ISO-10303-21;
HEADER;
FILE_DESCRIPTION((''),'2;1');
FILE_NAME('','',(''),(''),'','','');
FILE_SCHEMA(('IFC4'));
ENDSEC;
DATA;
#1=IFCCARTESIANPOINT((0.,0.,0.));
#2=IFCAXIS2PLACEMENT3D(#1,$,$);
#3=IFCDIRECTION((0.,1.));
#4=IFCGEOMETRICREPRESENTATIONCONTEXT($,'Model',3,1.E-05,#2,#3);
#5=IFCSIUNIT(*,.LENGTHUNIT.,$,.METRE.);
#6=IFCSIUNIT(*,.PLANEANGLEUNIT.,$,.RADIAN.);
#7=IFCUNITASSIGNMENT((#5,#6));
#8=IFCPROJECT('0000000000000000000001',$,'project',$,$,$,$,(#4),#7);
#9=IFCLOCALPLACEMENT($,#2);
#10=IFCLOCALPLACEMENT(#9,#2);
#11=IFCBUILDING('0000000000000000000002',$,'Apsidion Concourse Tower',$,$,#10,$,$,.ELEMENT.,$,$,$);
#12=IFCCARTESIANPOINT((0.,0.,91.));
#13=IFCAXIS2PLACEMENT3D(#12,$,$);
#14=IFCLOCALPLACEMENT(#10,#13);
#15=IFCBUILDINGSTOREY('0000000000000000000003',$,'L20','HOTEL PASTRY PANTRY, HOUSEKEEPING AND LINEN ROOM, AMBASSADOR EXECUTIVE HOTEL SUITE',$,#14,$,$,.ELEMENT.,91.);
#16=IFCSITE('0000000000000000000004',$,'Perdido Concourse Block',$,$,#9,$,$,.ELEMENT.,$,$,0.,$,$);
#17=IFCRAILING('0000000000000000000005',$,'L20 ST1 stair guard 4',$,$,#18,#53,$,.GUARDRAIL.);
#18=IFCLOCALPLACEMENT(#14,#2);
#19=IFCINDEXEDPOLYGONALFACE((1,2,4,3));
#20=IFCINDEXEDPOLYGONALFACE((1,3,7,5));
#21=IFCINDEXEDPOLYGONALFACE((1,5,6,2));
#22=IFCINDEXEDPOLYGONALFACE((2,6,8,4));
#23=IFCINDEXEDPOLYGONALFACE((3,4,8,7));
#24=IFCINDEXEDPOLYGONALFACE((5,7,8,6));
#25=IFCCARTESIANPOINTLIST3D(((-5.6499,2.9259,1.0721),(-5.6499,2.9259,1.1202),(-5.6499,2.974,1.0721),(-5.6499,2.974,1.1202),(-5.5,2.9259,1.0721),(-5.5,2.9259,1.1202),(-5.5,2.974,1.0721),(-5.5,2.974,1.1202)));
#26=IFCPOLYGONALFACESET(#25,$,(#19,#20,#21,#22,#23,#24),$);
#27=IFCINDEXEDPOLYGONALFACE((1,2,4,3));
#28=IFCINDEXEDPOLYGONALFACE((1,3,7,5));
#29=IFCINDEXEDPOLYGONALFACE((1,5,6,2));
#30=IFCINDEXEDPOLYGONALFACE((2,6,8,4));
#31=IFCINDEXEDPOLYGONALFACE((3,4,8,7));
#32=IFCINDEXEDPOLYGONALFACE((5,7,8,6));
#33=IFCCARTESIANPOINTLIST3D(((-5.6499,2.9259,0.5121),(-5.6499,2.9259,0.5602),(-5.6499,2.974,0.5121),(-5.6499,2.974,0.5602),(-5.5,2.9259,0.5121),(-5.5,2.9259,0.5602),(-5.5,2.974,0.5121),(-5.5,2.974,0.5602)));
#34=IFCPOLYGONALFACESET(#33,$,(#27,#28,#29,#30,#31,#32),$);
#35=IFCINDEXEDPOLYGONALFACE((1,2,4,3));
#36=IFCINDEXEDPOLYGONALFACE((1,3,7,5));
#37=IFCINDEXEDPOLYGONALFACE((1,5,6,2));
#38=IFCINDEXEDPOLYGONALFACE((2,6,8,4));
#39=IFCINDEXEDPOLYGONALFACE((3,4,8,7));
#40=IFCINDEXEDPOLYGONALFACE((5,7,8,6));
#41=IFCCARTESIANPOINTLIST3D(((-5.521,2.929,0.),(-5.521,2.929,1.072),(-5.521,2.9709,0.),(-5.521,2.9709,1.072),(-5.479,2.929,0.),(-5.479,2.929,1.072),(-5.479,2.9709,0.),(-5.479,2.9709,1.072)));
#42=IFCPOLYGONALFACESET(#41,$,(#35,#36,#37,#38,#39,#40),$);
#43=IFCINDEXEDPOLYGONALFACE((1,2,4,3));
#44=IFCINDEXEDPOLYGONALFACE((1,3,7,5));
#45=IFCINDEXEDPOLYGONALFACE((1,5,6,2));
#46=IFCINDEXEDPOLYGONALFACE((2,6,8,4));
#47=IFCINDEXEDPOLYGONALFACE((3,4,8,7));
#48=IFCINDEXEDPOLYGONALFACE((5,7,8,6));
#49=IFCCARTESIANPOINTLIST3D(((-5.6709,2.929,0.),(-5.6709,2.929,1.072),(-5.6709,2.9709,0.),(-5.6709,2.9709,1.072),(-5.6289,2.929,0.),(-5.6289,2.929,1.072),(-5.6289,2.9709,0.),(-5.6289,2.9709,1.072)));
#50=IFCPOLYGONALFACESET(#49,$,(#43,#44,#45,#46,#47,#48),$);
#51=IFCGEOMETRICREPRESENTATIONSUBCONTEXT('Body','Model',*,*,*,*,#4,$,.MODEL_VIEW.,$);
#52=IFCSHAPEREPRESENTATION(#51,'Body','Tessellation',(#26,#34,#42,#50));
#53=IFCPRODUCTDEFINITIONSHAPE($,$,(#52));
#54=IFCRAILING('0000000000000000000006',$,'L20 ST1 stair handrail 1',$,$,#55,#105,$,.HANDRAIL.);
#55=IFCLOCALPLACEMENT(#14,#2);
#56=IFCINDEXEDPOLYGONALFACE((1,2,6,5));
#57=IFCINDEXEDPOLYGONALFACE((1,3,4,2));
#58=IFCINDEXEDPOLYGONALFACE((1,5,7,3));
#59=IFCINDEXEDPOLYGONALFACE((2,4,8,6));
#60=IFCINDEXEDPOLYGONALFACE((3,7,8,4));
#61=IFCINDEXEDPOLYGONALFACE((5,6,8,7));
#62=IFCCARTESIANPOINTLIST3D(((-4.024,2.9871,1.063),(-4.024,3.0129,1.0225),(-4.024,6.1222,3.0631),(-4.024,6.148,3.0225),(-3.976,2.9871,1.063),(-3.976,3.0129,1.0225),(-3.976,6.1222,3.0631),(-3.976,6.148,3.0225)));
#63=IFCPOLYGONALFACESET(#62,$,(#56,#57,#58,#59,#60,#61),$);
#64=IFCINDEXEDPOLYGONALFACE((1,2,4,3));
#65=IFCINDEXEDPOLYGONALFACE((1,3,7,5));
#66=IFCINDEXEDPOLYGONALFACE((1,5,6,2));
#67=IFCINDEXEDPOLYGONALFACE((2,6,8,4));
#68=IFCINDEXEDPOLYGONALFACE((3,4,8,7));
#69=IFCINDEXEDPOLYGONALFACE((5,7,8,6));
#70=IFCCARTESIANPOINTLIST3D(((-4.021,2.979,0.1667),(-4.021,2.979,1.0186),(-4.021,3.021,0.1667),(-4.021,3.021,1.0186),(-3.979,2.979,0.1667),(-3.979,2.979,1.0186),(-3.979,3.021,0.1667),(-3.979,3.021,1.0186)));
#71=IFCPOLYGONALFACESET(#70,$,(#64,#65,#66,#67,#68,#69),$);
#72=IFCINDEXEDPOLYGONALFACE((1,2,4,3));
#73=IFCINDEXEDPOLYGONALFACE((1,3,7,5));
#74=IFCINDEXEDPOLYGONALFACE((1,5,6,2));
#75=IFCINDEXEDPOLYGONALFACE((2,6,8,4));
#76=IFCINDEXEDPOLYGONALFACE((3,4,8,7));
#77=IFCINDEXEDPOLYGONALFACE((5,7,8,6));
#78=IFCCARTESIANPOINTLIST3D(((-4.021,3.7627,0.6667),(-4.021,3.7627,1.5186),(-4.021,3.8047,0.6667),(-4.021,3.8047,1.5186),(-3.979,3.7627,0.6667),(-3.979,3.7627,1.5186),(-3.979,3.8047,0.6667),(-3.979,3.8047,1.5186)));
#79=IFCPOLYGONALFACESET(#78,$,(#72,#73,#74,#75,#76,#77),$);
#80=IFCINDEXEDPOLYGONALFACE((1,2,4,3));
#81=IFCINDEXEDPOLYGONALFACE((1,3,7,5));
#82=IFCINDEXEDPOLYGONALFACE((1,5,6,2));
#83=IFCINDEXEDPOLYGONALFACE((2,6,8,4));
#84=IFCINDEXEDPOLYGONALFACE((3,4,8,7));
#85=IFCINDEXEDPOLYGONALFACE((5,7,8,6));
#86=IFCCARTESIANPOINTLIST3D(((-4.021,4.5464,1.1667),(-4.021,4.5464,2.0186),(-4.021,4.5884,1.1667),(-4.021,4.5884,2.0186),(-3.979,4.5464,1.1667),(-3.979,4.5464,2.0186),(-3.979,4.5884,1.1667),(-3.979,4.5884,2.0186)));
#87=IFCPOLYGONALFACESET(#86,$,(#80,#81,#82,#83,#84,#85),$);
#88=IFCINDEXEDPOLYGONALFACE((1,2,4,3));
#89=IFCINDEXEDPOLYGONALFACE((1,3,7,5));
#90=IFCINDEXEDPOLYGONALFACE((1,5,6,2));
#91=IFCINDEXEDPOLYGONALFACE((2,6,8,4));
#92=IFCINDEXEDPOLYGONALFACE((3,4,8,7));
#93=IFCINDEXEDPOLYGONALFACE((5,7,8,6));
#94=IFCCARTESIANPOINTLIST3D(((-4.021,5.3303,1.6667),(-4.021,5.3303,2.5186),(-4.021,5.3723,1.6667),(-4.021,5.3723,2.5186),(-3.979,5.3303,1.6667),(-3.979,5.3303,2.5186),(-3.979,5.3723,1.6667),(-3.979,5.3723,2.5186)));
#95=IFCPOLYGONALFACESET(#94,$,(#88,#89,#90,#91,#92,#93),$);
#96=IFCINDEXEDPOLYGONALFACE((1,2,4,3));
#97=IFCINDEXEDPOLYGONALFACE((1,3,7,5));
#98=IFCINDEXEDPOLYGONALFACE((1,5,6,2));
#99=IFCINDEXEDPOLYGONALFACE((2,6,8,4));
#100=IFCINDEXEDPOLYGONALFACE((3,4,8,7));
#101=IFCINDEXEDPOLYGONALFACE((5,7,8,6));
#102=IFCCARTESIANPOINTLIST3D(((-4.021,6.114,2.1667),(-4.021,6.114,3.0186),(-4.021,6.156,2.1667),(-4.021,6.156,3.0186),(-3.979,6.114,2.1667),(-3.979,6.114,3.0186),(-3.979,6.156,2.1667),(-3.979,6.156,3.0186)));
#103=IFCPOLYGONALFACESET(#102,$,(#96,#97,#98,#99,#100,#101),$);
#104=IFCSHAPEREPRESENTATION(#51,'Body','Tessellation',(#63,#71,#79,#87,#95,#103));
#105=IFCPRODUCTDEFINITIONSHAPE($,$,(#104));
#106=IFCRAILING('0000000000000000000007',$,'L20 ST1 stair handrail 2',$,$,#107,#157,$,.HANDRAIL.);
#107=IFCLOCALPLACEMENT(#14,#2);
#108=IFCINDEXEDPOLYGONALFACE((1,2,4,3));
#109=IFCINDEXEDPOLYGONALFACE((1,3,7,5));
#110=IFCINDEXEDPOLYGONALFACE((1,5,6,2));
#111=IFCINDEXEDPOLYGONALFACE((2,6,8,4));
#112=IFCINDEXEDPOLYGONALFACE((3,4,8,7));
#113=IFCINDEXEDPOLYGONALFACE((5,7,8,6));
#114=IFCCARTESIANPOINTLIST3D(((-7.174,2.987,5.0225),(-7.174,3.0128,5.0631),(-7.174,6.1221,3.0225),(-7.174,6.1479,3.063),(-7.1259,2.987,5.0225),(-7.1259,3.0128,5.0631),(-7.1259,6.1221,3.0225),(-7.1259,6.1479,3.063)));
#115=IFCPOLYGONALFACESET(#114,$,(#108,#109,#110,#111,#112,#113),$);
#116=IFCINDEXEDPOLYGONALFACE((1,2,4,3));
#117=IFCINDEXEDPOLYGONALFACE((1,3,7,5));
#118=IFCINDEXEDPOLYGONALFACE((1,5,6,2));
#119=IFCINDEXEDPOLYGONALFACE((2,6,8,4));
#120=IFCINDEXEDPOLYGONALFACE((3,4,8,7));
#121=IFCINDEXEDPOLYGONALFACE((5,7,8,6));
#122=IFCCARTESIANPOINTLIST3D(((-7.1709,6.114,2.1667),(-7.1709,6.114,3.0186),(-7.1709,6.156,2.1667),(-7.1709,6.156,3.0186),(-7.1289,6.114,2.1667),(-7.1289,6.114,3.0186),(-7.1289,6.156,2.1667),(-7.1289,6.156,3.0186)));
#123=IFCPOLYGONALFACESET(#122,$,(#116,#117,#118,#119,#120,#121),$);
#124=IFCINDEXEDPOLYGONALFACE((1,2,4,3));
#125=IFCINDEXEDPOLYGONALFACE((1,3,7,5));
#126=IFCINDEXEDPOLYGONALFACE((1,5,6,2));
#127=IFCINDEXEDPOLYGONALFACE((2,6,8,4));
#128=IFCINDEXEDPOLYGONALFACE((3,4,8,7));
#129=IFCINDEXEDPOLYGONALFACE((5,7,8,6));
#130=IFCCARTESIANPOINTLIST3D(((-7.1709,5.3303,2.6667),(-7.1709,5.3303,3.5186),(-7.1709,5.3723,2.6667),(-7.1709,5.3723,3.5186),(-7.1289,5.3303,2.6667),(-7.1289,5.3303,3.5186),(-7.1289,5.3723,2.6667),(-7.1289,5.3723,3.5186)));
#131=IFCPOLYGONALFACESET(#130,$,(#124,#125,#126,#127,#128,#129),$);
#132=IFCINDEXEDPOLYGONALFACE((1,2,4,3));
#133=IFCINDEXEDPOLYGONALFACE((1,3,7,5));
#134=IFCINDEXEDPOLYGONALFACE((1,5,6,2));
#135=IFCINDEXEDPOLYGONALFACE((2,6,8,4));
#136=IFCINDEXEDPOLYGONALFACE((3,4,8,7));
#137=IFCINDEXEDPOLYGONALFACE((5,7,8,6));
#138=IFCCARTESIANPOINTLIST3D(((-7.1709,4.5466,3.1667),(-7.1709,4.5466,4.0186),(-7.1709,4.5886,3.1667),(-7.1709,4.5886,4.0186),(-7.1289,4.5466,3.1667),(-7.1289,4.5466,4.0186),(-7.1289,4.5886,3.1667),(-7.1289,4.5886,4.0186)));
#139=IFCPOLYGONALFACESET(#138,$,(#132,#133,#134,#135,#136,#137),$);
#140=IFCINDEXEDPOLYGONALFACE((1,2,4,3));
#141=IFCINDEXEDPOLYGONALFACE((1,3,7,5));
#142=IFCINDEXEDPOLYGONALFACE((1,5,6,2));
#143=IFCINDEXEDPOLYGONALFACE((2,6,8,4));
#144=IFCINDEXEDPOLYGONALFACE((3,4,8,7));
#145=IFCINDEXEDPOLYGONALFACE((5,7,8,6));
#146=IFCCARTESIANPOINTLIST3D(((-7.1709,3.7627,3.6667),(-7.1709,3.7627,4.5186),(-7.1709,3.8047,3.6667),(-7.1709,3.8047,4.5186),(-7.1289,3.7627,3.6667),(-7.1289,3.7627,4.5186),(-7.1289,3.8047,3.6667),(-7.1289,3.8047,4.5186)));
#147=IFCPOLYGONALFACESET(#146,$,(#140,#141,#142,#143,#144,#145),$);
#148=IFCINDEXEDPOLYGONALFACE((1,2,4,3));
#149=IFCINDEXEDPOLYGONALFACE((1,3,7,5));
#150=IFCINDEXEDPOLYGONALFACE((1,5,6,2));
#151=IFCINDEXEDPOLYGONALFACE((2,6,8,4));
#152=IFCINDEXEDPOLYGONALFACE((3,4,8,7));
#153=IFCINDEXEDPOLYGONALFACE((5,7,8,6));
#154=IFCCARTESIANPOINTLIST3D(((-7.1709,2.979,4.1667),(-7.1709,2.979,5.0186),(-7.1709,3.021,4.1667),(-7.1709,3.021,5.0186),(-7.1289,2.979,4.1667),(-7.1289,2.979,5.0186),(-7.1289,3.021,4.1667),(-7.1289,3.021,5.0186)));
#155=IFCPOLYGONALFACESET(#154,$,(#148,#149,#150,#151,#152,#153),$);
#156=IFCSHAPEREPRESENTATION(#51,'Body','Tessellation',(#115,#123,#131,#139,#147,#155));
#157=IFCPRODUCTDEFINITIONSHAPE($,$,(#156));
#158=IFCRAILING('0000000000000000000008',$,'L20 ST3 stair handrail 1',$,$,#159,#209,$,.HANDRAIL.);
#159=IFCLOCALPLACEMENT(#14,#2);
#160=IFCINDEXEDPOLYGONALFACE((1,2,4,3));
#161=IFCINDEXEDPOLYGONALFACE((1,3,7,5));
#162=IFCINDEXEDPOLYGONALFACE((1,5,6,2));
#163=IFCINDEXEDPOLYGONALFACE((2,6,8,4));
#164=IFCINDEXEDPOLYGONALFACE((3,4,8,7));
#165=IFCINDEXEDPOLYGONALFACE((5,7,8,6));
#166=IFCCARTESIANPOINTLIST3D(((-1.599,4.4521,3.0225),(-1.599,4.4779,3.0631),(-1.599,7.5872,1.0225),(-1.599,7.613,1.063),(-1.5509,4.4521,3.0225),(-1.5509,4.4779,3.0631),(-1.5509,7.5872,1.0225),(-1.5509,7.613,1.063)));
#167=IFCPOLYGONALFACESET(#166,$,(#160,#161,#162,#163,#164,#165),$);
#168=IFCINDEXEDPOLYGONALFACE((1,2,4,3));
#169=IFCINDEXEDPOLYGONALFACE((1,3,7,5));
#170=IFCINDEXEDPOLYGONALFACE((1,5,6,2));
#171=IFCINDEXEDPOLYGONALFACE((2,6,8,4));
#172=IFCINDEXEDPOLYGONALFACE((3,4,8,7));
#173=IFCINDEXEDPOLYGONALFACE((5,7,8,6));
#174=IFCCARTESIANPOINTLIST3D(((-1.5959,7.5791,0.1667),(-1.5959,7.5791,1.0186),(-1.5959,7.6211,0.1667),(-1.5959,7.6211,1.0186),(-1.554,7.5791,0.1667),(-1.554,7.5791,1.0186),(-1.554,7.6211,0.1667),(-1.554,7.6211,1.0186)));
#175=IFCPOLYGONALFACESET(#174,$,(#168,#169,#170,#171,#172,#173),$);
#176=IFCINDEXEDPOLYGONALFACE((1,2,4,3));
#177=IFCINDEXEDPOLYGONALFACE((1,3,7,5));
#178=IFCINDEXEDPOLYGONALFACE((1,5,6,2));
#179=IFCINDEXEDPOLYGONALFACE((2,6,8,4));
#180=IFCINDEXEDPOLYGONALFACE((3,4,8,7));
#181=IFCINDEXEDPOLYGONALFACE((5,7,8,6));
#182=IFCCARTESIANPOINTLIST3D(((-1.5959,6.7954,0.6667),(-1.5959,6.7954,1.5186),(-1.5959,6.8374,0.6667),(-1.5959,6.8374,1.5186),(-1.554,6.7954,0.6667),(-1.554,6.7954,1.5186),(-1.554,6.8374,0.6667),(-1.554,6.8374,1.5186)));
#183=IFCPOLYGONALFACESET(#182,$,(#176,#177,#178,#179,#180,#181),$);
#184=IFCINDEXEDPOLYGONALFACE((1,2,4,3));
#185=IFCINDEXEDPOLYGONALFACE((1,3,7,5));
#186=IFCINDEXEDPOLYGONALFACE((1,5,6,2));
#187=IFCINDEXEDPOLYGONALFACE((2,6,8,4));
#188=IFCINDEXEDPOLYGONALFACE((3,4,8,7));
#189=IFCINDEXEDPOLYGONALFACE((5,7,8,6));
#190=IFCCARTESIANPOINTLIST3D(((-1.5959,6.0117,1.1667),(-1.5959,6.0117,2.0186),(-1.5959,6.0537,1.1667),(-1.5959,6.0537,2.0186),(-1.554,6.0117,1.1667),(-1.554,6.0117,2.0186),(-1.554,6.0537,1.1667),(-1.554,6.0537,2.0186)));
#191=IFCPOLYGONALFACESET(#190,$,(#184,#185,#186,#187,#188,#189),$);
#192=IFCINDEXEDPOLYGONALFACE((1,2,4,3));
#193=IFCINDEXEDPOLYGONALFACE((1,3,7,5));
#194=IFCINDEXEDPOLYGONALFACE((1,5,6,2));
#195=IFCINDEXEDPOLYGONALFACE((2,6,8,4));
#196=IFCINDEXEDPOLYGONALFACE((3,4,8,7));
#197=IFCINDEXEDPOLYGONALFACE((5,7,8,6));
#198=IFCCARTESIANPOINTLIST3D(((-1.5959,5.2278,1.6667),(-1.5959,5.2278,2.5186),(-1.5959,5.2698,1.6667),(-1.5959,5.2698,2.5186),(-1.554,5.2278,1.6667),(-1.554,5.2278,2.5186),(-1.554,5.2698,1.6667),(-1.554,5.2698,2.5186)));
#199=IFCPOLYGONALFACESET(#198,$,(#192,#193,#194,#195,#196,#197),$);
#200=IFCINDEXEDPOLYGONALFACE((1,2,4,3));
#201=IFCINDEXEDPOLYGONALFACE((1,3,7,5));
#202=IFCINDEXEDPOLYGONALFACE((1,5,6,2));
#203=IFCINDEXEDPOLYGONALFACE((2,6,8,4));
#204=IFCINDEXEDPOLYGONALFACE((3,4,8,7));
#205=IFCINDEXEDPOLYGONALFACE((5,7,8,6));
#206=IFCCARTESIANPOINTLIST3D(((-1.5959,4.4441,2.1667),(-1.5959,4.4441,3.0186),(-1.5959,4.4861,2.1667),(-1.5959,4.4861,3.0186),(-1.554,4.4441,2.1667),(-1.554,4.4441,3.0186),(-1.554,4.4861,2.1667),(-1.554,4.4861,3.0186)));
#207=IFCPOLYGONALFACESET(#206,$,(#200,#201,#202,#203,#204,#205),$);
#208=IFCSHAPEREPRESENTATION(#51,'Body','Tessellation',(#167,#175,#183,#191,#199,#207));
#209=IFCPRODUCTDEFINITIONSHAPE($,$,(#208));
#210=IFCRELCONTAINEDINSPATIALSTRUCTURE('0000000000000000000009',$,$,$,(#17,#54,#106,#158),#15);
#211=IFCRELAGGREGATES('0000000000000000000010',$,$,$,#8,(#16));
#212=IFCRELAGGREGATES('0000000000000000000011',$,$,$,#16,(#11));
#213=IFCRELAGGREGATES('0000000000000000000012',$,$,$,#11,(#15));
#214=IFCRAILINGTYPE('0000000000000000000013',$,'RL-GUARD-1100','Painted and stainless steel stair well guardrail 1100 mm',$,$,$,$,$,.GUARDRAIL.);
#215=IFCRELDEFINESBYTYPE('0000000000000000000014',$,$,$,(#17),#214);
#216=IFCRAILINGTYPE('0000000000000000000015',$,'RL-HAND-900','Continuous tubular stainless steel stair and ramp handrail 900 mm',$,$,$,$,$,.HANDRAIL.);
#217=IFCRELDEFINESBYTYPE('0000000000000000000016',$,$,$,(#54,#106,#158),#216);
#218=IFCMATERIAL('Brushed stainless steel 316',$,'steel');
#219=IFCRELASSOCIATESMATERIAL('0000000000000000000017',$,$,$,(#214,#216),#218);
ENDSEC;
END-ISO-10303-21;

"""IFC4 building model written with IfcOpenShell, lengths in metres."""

from ifc_helpers import new_model, si_unit, direction, frame, origin, origin_2d, place, context, subcontext, project, spatial, rectangle, extrude, material, type_object, element, save


model = new_model("IFC4")

# Units and contexts
model_context = context("Model", 3, precision=1e-05, world=origin(), true_north=direction((0.0, 1.0)))
body_context = subcontext(model_context, "Body", "Model", "MODEL_VIEW")
ifc_project = project(units=[si_unit("LENGTHUNIT", "METRE"), si_unit("PLANEANGLEUNIT", "RADIAN")], contexts=[model_context])

# Site, building, storey
site_placement = place(None, origin())
site = spatial("IfcSite", under=ifc_project, at=site_placement, Name="Perdido Concourse Block", CompositionType="ELEMENT", RefElevation=0.0)
building_placement = place(site_placement, origin())
building = spatial("IfcBuilding", under=site, at=building_placement, Name="Apsidion Concourse Tower", CompositionType="ELEMENT")
storey_placement = place(building_placement, frame((0.0, 0.0, 91.0)))
storey = spatial("IfcBuildingStorey", under=building, at=storey_placement, Name="L20", Description="HOTEL PASTRY PANTRY, HOUSEKEEPING AND LINEN ROOM, AMBASSADOR EXECUTIVE HOTEL SUITE", CompositionType="ELEMENT", Elevation=91.0)

# Shared definitions
ifc_material_1 = material(Name="Brushed stainless steel 316", Category="steel")

# Railings
railing_type_1 = type_object("IfcRailingType", Name="RL-GUARD-1100", Description="Painted and stainless steel stair well guardrail 1100 mm", PredefinedType="GUARDRAIL", material=ifc_material_1)
railing_1_placement = place(storey_placement, frame((-5.5, 2.95, 0.0)))
element("IfcRailing", 1, at=railing_1_placement, inside=storey, type_object=railing_type_1, Name="L20 ST1 stair guard 4", PredefinedType="GUARDRAIL", context=body_context, shape_type="SweptSolid", body=[
    extrude(rectangle(XDim=0.0481, YDim=0.0481, at=origin_2d()), frame((0.0, 0.0, 1.0962), z_axis=(-1.0, 0.0, 0.0), x_axis=(0.0, -1.0, 0.0)), (0.0, 0.0, 1.0), 0.1499),
    extrude(rectangle(XDim=0.0481, YDim=0.0481, at=origin_2d()), frame((0.0, 0.0, 0.5361), z_axis=(-1.0, 0.0, 0.0), x_axis=(0.0, -1.0, 0.0)), (0.0, 0.0, 1.0), 0.1499),
    extrude(rectangle(XDim=0.042, YDim=0.042, at=origin_2d()), origin(), (0.0, 0.0, 1.0), 1.072),
    extrude(rectangle(XDim=0.042, YDim=0.042, at=origin_2d()), frame((-0.1499, 0.0, 0.0)), (0.0, 0.0, 1.0), 1.072),
])
railing_type_2 = type_object("IfcRailingType", Name="RL-HAND-900", Description="Continuous tubular stainless steel stair and ramp handrail 900 mm", PredefinedType="HANDRAIL", material=ifc_material_1)
railing_2_placement = place(storey_placement, frame((-4.0, 3.0, 0.1667)))
element("IfcRailing", 2, at=railing_2_placement, inside=storey, type_object=railing_type_2, Name="L20 ST1 stair handrail 1", PredefinedType="HANDRAIL", context=body_context, shape_type="SweptSolid", body=[
    extrude(rectangle(XDim=0.0481, YDim=0.0481, at=origin_2d()), frame((0.0, 0.0, 0.876), z_axis=(0.0, 0.843053, 0.537831), x_axis=(-1.0, 0.0, 0.0)), (0.0, 0.0, 1.0), 3.7188),
    extrude(rectangle(XDim=0.042, YDim=0.042, at=origin_2d()), origin(), (0.0, 0.0, 1.0), 0.8518),
    extrude(rectangle(XDim=0.042, YDim=0.042, at=origin_2d()), frame((0.0, 0.7837, 0.5)), (0.0, 0.0, 1.0), 0.8518),
    extrude(rectangle(XDim=0.042, YDim=0.042, at=origin_2d()), frame((0.0, 1.5674, 1.0)), (0.0, 0.0, 1.0), 0.8518),
    extrude(rectangle(XDim=0.042, YDim=0.042, at=origin_2d()), frame((0.0, 2.3513, 1.5)), (0.0, 0.0, 1.0), 0.8518),
    extrude(rectangle(XDim=0.042, YDim=0.042, at=origin_2d()), frame((0.0, 3.135, 2.0)), (0.0, 0.0, 1.0), 0.8518),
])
for number, where, name in (
    (3, (-7.1499, 6.135, 2.1667), "L20 ST1 stair handrail 2"),
    (4, (-1.575, 7.6001, 0.1667), "L20 ST3 stair handrail 1"),
):
    element("IfcRailing", number, at=place(storey_placement, frame(where)), inside=storey, type_object=railing_type_2, Name=name, PredefinedType="HANDRAIL", context=body_context, shape_type="SweptSolid", body=[
        extrude(rectangle(XDim=0.0481, YDim=0.0481, at=origin_2d()), frame((0.0, 0.0, 0.876), z_axis=(0.0, -0.843053, 0.537831), x_axis=(1.0, 0.0, 0.0)), (0.0, 0.0, 1.0), 3.7188),
        extrude(rectangle(XDim=0.042, YDim=0.042, at=origin_2d()), origin(), (0.0, 0.0, 1.0), 0.8518),
        extrude(rectangle(XDim=0.042, YDim=0.042, at=origin_2d()), frame((0.0, -0.7837, 0.5)), (0.0, 0.0, 1.0), 0.8518),
        extrude(rectangle(XDim=0.042, YDim=0.042, at=origin_2d()), frame((0.0, -1.5674, 1.0)), (0.0, 0.0, 1.0), 0.8518),
        extrude(rectangle(XDim=0.042, YDim=0.042, at=origin_2d()), frame((0.0, -2.3513, 1.5)), (0.0, 0.0, 1.0), 0.8518),
        extrude(rectangle(XDim=0.042, YDim=0.042, at=origin_2d()), frame((0.0, -3.135, 2.0)), (0.0, 0.0, 1.0), 0.8518),
    ])

save(model, "model.ifc")
